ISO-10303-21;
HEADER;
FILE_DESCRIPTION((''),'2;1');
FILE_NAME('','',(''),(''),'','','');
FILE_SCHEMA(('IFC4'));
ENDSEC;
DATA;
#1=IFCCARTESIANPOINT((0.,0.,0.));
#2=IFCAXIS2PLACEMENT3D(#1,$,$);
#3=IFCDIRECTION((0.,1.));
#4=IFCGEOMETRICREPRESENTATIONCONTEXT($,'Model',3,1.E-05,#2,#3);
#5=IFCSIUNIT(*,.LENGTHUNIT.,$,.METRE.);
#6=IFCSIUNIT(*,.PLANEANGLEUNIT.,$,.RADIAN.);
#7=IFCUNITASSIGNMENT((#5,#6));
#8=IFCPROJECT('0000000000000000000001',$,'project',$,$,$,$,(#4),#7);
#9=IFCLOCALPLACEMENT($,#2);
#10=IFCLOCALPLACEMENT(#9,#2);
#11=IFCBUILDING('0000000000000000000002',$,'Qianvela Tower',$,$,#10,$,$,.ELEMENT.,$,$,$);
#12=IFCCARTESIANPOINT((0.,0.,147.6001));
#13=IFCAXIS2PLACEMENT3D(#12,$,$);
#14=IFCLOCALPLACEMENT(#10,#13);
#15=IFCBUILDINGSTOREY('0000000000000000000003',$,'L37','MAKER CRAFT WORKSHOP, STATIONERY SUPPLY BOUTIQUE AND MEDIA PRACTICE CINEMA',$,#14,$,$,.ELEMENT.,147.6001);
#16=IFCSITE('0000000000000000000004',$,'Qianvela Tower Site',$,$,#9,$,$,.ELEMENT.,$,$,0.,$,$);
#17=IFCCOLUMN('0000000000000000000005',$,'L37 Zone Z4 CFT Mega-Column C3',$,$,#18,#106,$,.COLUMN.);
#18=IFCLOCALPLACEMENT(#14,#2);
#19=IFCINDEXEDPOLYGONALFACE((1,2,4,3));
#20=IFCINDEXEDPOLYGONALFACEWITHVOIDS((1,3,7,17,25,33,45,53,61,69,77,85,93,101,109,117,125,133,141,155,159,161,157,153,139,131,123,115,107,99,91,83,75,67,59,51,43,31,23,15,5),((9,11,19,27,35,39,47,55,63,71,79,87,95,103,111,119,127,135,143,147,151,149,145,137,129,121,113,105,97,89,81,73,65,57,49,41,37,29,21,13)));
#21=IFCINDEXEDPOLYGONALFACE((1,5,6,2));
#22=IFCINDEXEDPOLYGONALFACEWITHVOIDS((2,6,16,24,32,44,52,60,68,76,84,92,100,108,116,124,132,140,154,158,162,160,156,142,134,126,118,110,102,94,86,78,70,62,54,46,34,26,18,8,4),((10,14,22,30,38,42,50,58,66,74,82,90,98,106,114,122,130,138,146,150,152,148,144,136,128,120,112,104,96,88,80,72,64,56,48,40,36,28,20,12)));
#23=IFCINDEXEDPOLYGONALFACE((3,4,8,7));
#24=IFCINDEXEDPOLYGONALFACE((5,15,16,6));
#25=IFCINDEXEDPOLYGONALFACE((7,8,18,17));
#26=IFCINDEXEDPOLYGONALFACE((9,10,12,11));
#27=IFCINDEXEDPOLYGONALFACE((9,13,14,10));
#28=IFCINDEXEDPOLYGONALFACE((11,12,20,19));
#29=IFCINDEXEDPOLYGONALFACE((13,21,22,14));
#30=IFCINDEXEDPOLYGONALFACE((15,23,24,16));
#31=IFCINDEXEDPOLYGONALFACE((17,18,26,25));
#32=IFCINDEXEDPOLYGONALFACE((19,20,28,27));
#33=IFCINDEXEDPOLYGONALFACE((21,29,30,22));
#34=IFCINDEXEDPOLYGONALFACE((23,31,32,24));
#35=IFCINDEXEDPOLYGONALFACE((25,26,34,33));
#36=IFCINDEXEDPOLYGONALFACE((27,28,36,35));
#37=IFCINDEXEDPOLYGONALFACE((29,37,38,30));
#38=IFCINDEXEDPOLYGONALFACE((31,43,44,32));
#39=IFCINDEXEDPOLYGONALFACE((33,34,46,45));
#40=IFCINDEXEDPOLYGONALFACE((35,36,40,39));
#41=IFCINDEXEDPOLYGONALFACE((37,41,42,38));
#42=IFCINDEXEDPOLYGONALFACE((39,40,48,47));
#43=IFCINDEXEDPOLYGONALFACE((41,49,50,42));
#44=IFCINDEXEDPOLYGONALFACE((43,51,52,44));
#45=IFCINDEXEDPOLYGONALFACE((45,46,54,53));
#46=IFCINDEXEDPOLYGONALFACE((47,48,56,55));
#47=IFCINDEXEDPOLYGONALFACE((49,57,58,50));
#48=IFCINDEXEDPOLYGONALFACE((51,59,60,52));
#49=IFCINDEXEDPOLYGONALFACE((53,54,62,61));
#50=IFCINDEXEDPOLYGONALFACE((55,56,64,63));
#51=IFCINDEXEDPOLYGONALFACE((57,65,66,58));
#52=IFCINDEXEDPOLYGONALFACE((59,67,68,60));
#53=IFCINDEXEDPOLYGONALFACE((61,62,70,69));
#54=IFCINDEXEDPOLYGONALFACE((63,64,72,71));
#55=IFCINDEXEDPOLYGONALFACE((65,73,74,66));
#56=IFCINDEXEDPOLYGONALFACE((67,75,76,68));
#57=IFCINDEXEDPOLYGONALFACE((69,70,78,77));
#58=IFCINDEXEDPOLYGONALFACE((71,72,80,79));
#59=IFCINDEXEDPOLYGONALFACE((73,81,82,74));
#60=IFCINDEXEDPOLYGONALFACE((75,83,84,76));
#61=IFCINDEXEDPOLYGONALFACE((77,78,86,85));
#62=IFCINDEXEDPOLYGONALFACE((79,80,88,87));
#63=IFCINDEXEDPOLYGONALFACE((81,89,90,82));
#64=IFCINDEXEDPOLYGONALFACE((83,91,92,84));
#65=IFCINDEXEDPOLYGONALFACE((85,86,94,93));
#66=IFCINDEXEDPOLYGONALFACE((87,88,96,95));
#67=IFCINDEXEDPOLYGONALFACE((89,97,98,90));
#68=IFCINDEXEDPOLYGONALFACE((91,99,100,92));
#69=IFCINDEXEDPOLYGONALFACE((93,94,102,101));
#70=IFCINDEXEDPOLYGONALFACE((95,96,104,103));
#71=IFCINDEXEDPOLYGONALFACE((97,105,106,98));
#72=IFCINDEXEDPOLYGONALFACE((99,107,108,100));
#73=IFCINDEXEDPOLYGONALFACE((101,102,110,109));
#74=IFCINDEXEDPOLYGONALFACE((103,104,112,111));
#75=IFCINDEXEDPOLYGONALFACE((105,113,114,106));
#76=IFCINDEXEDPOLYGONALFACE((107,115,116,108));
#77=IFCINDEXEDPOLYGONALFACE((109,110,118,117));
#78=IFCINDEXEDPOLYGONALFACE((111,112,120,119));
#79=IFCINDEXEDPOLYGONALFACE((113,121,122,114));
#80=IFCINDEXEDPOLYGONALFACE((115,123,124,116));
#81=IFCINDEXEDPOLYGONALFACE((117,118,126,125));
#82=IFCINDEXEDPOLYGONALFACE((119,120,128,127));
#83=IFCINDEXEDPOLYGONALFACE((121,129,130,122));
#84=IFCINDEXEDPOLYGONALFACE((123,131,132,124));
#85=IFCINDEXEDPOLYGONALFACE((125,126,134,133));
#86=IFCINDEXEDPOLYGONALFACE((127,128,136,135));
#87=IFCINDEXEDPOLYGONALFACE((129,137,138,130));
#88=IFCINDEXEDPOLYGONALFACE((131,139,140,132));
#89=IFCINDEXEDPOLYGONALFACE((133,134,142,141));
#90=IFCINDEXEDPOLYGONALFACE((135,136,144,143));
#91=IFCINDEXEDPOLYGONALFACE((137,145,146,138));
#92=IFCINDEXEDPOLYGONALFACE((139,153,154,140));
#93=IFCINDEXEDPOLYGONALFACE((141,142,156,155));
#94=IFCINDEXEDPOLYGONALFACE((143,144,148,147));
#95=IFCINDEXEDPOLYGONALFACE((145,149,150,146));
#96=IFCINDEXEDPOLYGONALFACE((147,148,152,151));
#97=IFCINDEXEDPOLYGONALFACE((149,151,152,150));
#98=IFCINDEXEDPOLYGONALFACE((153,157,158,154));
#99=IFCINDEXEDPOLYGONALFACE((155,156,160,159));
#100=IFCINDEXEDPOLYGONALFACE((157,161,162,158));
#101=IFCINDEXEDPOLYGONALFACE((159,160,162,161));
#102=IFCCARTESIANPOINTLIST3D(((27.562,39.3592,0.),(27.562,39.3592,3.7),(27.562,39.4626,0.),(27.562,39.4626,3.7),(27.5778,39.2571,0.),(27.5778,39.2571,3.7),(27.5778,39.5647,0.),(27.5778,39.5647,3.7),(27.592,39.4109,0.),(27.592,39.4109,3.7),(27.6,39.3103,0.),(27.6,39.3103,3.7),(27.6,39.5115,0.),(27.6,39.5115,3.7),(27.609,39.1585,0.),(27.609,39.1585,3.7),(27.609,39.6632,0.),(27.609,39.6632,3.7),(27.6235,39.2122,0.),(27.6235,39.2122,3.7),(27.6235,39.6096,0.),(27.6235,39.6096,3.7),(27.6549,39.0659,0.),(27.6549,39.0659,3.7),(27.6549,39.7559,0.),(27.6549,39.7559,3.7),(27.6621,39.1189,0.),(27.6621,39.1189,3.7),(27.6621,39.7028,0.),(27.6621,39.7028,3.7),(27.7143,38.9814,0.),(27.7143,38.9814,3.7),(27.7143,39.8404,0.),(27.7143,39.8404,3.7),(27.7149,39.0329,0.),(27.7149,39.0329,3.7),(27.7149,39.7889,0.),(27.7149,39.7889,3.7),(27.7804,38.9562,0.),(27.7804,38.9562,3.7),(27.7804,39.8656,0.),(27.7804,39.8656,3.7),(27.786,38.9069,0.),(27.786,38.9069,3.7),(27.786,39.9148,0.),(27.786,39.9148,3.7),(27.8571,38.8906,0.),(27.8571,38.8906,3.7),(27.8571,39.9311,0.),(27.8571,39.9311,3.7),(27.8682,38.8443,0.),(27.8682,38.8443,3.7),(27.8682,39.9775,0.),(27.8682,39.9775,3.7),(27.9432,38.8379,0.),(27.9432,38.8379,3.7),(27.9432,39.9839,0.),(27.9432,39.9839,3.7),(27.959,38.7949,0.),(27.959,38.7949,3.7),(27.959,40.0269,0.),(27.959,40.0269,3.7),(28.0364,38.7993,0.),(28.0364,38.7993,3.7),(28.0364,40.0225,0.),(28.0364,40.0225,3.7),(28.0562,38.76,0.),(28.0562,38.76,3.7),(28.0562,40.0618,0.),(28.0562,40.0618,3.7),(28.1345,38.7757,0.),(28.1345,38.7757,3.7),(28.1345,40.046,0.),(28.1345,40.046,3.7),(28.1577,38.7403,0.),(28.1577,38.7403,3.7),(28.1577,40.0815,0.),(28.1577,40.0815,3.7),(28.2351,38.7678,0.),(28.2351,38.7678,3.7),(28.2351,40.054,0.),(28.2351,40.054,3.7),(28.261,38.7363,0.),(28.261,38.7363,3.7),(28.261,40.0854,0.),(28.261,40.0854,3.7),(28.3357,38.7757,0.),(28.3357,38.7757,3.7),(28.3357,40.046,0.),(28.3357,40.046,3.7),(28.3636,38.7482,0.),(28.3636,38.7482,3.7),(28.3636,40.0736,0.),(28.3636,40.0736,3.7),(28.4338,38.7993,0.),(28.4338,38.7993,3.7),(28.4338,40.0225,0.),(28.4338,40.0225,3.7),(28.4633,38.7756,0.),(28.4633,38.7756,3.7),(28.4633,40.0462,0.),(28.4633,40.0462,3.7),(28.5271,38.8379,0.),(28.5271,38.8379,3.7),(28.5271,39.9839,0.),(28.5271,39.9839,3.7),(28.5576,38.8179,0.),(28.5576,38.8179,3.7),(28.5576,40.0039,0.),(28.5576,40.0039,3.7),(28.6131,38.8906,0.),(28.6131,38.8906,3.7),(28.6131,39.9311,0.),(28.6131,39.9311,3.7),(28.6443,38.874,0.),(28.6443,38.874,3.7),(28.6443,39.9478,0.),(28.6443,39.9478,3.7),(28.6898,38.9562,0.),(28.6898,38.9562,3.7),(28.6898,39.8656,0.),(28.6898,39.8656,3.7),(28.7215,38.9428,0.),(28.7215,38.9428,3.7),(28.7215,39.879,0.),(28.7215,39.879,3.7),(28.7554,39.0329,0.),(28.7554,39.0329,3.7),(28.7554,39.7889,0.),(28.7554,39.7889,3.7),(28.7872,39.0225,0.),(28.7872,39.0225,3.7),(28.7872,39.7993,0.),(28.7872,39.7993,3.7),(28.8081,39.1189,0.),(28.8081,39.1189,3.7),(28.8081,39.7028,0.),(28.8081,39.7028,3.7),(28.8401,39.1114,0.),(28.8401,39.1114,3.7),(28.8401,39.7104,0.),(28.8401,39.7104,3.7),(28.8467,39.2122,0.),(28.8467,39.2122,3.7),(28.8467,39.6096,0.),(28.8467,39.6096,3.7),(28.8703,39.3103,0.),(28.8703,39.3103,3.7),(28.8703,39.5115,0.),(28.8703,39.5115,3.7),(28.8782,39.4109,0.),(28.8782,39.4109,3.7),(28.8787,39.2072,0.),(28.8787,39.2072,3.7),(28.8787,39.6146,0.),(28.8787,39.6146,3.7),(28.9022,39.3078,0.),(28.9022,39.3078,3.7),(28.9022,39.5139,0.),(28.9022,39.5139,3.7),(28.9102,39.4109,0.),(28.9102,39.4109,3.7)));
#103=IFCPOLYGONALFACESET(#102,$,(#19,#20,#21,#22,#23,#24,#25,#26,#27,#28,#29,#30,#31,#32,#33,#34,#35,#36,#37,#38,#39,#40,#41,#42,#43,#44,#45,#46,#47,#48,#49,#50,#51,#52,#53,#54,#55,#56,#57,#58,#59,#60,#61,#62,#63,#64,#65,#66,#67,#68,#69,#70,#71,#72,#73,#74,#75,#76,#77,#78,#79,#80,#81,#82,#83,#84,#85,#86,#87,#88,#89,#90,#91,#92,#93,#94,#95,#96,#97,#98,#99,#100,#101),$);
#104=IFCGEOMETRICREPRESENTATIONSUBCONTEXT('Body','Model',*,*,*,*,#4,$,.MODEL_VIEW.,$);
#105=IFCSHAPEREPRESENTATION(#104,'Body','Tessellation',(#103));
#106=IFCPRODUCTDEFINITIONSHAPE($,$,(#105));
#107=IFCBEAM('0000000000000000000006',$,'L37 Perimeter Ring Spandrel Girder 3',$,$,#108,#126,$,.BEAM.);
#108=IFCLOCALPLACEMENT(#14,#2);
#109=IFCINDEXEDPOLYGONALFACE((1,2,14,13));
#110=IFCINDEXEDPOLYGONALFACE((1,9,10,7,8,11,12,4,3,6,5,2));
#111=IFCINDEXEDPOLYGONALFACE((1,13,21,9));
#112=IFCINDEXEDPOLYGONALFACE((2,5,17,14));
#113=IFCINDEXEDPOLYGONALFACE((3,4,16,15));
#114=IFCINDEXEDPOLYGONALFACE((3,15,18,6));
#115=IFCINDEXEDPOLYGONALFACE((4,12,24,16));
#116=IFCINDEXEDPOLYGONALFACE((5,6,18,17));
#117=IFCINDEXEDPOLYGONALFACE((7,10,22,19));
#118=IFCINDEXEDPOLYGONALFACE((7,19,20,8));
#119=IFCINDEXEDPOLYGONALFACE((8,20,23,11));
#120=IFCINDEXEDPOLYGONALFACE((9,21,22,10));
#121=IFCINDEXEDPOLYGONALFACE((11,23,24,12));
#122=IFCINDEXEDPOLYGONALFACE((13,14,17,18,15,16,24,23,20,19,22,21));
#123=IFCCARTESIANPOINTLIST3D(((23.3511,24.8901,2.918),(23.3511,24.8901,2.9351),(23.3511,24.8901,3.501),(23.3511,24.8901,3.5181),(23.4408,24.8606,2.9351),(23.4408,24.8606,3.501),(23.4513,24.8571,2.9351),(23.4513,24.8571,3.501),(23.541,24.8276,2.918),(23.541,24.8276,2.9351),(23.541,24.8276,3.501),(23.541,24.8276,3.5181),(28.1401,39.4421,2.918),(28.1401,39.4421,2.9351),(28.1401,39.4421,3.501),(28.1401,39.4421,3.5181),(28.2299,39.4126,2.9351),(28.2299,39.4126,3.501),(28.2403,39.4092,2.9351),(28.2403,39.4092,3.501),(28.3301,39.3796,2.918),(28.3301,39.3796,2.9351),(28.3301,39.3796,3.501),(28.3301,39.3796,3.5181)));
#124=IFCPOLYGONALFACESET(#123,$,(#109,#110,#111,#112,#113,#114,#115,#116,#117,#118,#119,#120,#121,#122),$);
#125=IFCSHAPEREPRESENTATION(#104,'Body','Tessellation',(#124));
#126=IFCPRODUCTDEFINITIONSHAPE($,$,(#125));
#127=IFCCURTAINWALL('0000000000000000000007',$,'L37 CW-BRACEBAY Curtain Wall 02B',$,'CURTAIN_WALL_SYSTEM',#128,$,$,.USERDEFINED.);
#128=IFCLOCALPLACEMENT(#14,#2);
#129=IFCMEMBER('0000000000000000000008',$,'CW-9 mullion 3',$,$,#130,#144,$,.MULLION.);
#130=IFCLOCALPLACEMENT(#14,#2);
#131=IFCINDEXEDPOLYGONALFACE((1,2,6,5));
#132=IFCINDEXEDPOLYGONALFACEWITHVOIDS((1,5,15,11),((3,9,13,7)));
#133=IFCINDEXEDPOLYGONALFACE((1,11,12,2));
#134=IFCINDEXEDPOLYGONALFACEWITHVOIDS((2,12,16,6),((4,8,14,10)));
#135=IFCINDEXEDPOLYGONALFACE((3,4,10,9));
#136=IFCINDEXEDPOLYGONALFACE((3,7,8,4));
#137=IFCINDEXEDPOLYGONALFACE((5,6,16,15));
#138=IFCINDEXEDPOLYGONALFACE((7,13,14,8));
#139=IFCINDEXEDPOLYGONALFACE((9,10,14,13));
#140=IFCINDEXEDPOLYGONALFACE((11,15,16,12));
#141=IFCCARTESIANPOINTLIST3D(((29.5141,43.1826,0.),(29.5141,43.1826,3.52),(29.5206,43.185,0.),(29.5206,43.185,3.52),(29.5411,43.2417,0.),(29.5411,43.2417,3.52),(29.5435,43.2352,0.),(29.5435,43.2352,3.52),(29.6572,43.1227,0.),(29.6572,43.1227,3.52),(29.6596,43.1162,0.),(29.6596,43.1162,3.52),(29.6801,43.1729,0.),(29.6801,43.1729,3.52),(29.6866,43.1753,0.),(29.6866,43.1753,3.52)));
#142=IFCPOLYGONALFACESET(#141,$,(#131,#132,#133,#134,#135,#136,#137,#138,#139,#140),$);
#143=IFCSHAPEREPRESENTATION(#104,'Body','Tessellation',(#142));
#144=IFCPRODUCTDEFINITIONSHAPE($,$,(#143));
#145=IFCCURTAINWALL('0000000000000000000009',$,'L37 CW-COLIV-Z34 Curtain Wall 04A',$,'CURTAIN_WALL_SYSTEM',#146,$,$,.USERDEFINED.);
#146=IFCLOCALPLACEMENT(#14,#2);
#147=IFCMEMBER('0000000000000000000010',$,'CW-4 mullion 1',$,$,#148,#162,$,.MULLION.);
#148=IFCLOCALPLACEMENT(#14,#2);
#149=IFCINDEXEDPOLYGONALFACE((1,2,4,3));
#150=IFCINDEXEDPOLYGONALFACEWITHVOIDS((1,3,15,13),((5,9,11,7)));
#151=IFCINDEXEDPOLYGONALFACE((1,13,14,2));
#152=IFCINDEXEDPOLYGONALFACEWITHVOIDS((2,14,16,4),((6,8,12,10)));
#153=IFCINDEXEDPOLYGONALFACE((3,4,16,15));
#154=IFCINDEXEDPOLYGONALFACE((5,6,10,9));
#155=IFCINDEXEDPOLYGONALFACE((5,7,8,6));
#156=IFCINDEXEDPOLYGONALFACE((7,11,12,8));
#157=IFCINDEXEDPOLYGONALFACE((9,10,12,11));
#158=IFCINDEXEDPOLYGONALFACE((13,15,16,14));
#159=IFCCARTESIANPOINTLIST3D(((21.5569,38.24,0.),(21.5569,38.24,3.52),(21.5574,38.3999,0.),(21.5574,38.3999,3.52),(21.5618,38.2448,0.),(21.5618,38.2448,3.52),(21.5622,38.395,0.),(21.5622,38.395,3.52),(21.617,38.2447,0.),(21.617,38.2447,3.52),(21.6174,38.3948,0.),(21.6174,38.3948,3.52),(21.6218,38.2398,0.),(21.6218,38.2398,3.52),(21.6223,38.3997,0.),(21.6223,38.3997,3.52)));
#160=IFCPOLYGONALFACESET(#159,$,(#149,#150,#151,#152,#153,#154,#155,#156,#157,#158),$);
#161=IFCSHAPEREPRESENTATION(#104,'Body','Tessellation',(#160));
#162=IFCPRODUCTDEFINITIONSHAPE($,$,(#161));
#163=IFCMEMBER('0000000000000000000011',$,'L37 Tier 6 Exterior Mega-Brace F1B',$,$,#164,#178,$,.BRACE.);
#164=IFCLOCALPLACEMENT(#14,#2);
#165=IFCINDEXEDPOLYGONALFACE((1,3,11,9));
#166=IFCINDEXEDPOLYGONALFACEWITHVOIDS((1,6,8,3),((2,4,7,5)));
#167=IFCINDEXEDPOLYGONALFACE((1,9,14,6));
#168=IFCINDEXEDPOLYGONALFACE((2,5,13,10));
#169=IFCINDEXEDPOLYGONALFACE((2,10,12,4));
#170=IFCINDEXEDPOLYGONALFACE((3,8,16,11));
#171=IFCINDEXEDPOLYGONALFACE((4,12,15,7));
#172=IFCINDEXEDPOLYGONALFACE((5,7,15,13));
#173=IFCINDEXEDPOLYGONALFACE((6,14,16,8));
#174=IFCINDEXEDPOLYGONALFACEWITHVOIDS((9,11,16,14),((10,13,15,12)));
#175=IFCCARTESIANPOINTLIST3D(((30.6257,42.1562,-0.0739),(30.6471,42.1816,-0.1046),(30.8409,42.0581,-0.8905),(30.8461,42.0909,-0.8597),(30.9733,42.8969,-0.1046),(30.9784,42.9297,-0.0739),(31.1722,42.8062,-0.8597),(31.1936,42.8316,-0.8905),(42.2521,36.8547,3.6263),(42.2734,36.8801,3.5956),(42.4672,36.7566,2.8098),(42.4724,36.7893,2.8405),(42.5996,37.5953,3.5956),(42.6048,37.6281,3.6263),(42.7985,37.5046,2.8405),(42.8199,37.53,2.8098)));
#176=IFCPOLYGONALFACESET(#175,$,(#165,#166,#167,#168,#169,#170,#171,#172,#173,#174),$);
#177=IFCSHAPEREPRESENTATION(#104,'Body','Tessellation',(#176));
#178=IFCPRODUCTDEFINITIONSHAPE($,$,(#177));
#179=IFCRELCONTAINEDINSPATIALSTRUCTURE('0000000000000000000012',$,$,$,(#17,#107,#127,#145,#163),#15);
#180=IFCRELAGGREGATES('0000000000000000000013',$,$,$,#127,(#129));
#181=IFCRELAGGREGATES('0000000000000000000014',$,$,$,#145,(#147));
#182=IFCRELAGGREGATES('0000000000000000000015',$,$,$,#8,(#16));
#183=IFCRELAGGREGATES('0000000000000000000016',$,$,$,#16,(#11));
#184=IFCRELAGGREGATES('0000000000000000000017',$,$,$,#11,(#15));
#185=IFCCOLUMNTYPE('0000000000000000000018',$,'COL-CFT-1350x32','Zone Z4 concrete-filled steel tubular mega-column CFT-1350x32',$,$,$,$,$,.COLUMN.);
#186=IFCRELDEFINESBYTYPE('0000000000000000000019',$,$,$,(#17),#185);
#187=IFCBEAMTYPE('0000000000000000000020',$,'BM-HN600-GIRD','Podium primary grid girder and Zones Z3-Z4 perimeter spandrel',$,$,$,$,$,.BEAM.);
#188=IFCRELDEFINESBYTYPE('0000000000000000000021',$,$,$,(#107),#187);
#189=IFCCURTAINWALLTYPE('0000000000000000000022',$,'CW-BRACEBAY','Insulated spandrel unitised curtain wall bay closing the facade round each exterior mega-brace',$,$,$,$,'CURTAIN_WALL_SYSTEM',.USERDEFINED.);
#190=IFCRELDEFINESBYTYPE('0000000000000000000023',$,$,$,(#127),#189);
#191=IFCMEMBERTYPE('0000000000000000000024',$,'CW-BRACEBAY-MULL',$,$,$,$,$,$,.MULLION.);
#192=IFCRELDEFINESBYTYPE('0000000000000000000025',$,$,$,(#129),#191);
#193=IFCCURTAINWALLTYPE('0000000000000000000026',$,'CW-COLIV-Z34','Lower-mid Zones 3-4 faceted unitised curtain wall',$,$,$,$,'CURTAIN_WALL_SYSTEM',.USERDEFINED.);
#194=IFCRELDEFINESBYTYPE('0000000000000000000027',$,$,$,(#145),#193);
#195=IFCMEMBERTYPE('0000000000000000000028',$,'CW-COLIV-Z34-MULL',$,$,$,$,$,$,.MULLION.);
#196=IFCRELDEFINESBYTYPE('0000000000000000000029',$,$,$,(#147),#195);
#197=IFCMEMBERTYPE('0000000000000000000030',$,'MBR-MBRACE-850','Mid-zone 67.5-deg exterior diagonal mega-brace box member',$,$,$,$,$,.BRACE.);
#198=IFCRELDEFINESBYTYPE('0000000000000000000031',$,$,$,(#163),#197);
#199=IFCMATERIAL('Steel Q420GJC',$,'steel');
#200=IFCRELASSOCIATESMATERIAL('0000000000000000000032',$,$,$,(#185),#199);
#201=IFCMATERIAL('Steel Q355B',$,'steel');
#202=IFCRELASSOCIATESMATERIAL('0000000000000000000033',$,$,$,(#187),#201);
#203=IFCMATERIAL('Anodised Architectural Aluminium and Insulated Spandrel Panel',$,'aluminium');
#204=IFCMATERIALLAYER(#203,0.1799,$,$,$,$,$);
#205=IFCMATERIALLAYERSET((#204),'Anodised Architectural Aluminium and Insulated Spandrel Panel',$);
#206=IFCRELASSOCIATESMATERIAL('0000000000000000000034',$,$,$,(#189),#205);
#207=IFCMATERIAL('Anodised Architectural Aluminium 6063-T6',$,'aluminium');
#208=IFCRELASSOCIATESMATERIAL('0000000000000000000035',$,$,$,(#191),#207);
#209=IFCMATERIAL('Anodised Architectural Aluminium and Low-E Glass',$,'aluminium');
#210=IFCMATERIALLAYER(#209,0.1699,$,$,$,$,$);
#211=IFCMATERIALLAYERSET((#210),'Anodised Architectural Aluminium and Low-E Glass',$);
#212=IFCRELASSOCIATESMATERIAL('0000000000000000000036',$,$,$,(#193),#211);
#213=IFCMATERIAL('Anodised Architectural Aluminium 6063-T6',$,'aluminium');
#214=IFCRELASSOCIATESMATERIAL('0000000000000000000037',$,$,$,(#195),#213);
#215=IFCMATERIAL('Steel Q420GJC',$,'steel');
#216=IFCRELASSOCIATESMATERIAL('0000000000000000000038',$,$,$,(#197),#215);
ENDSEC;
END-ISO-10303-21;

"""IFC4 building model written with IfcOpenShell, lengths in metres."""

from ifc_helpers import new_model, si_unit, direction, frame, origin, origin_2d, place, context, subcontext, project, spatial, hollow_rectangle, hollow_circle, i_section, extrude, material, layer, layer_set, material_profile, profile_set, type_object, element, aggregate, save


model = new_model("IFC4")

# Units and contexts
model_context = context("Model", 3, precision=1e-05, world=origin(), true_north=direction((0.0, 1.0)))
body_context = subcontext(model_context, "Body", "Model", "MODEL_VIEW")
ifc_project = project(units=[si_unit("LENGTHUNIT", "METRE"), si_unit("PLANEANGLEUNIT", "RADIAN")], contexts=[model_context])

# Site, building, storey
site_placement = place(None, origin())
site = spatial("IfcSite", under=ifc_project, at=site_placement, Name="Qianvela Tower Site", CompositionType="ELEMENT", RefElevation=0.0)
building_placement = place(site_placement, origin())
building = spatial("IfcBuilding", under=site, at=building_placement, Name="Qianvela Tower", CompositionType="ELEMENT")
storey_placement = place(building_placement, frame((0.0, 0.0, 147.6001)))
storey = spatial("IfcBuildingStorey", under=building, at=storey_placement, Name="L37", Description="MAKER CRAFT WORKSHOP, STATIONERY SUPPLY BOUTIQUE AND MEDIA PRACTICE CINEMA", CompositionType="ELEMENT", Elevation=147.6001)

# Column
ifc_material_1 = material(Name="Steel Q420GJC", Category="steel")
ifc_material_profile_1 = material_profile(ifc_material_1, hollow_circle(Radius=0.675, WallThickness=0.032, at=origin_2d()), Name="CFT-1350x32")
ifc_profile_set_1 = profile_set([ifc_material_profile_1], Name="Steel Q420GJC")
column_type = type_object("IfcColumnType", Name="COL-CFT-1350x32", Description="Zone Z4 concrete-filled steel tubular mega-column CFT-1350x32", PredefinedType="COLUMN", material=ifc_profile_set_1)
column_placement = place(storey_placement, frame((28.2351, 39.4109, 0.0), z_axis=(0.0, 0.0, 1.0), x_axis=(1.0, 0.0, 0.0)))
element("IfcColumn", 1, at=column_placement, inside=storey, type_object=column_type, Name="L37 Zone Z4 CFT Mega-Column C3", PredefinedType="COLUMN", context=body_context, shape_type="SweptSolid", body=[
    extrude(hollow_circle(Radius=0.675, WallThickness=0.032, at=origin_2d()), origin(), (0.0, 0.0, 1.0), 3.7),
])

# Beam
ifc_material_2 = material(Name="Steel Q355B", Category="steel")
ifc_material_profile_2 = material_profile(ifc_material_2, i_section(OverallWidth=0.2, OverallDepth=0.6001, WebThickness=0.011, FlangeThickness=0.0171, at=origin_2d()), Name="HN600x200x11x17")
ifc_profile_set_2 = profile_set([ifc_material_profile_2], Name="Steel Q355B")
beam_type = type_object("IfcBeamType", Name="BM-HN600-GIRD", Description="Podium primary grid girder and Zones Z3-Z4 perimeter spandrel", PredefinedType="BEAM", material=ifc_profile_set_2)
beam_placement = place(storey_placement, frame((28.2351, 39.4109, 3.218), z_axis=(-0.312606, -0.949883, 0.0), x_axis=(0.949883, -0.312606, 0.0)))
element("IfcBeam", 2, at=beam_placement, inside=storey, type_object=beam_type, Name="L37 Perimeter Ring Spandrel Girder 3", PredefinedType="BEAM", context=body_context, shape_type="SweptSolid", body=[
    extrude(i_section(OverallWidth=0.2, OverallDepth=0.6001, WebThickness=0.011, FlangeThickness=0.0171, at=origin_2d()), origin(), (0.0, 0.0, 1.0), 15.3198),
])

# Curtain walls, members
ifc_material_3 = material(Name="Anodised Architectural Aluminium and Insulated Spandrel Panel", Category="aluminium")
ifc_layer_1 = layer(ifc_material_3, 0.1799)
ifc_layer_set_1 = layer_set([ifc_layer_1], Name="Anodised Architectural Aluminium and Insulated Spandrel Panel")
curtain_wall_type_1 = type_object("IfcCurtainWallType", Name="CW-BRACEBAY", Description="Insulated spandrel unitised curtain wall bay closing the facade round each exterior mega-brace", ElementType="CURTAIN_WALL_SYSTEM", PredefinedType="USERDEFINED", material=ifc_layer_set_1)
curtain_wall_1_placement = place(storey_placement, origin())
curtain_wall_1 = element("IfcCurtainWall", 3, at=curtain_wall_1_placement, inside=storey, type_object=curtain_wall_type_1, Name="L37 CW-BRACEBAY Curtain Wall 02B", ObjectType="CURTAIN_WALL_SYSTEM", PredefinedType="USERDEFINED")
ifc_material_4 = material(Name="Anodised Architectural Aluminium 6063-T6", Category="aluminium")
ifc_material_profile_3 = material_profile(ifc_material_4, hollow_rectangle(XDim=0.0649, YDim=0.1599, WallThickness=0.0049, at=origin_2d()), Name="ALU-MULL-65x160")
ifc_profile_set_3 = profile_set([ifc_material_profile_3], Name="Anodised Architectural Aluminium 6063-T6")
member_type_1 = type_object("IfcMemberType", Name="CW-BRACEBAY-MULL", PredefinedType="MULLION", material=ifc_profile_set_3)
member_1_placement = place(storey_placement, frame((29.6003, 43.179, 0.0), z_axis=(0.0, 0.0, 1.0), x_axis=(-0.414907, -0.909864, 0.0)))
member_1 = element("IfcMember", 4, at=member_1_placement, type_object=member_type_1, Name="CW-9 mullion 3", PredefinedType="MULLION", context=body_context, shape_type="SweptSolid", body=[
    extrude(hollow_rectangle(XDim=0.0649, YDim=0.1599, WallThickness=0.0049, at=origin_2d()), origin(), (0.0, 0.0, 1.0), 3.52),
])
aggregate(curtain_wall_1, [member_1])
ifc_material_5 = material(Name="Anodised Architectural Aluminium and Low-E Glass", Category="aluminium")
ifc_layer_2 = layer(ifc_material_5, 0.1699)
ifc_layer_set_2 = layer_set([ifc_layer_2], Name="Anodised Architectural Aluminium and Low-E Glass")
curtain_wall_type_2 = type_object("IfcCurtainWallType", Name="CW-COLIV-Z34", Description="Lower-mid Zones 3-4 faceted unitised curtain wall", ElementType="CURTAIN_WALL_SYSTEM", PredefinedType="USERDEFINED", material=ifc_layer_set_2)
curtain_wall_2_placement = place(storey_placement, origin())
curtain_wall_2 = element("IfcCurtainWall", 5, at=curtain_wall_2_placement, inside=storey, type_object=curtain_wall_type_2, Name="L37 CW-COLIV-Z34 Curtain Wall 04A", ObjectType="CURTAIN_WALL_SYSTEM", PredefinedType="USERDEFINED")
ifc_material_6 = material(Name="Anodised Architectural Aluminium 6063-T6", Category="aluminium")
ifc_material_profile_4 = material_profile(ifc_material_6, hollow_rectangle(XDim=0.0649, YDim=0.1599, WallThickness=0.0049, at=origin_2d()), Name="ALU-MULL-65x160")
ifc_profile_set_4 = profile_set([ifc_material_profile_4], Name="Anodised Architectural Aluminium 6063-T6")
member_type_2 = type_object("IfcMemberType", Name="CW-COLIV-Z34-MULL", PredefinedType="MULLION", material=ifc_profile_set_4)
member_2_placement = place(storey_placement, frame((21.5896, 38.3198, 0.0), z_axis=(0.0, 0.0, 1.0), x_axis=(0.999996, -0.002791, 0.0)))
member_2 = element("IfcMember", 6, at=member_2_placement, type_object=member_type_2, Name="CW-4 mullion 1", PredefinedType="MULLION", context=body_context, shape_type="SweptSolid", body=[
    extrude(hollow_rectangle(XDim=0.0649, YDim=0.1599, WallThickness=0.0049, at=origin_2d()), origin(), (0.0, 0.0, 1.0), 3.52),
])
aggregate(curtain_wall_2, [member_2])

# Member
ifc_material_7 = material(Name="Steel Q420GJC", Category="steel")
ifc_material_profile_5 = material_profile(ifc_material_7, hollow_rectangle(XDim=0.8501, YDim=0.8501, WallThickness=0.032, at=origin_2d()), Name="MBOX-850x850x32")
ifc_profile_set_5 = profile_set([ifc_material_profile_5], Name="Steel Q420GJC")
member_type_3 = type_object("IfcMemberType", Name="MBR-MBRACE-850", Description="Mid-zone 67.5-deg exterior diagonal mega-brace box member", PredefinedType="BRACE", material=ifc_profile_set_5)
member_3_placement = place(storey_placement, frame((30.9097, 42.4939, -0.4822), z_axis=(0.873963, -0.398524, 0.27815), x_axis=(0.414897, 0.909869, 0.0)))
element("IfcMember", 7, at=member_3_placement, inside=storey, type_object=member_type_3, Name="L37 Tier 6 Exterior Mega-Brace F1B", PredefinedType="BRACE", context=body_context, shape_type="SweptSolid", body=[
    extrude(hollow_rectangle(XDim=0.8501, YDim=0.8501, WallThickness=0.032, at=origin_2d()), origin(), (0.0, 0.0, 1.0), 13.303),
])

save(model, "model.ifc")
